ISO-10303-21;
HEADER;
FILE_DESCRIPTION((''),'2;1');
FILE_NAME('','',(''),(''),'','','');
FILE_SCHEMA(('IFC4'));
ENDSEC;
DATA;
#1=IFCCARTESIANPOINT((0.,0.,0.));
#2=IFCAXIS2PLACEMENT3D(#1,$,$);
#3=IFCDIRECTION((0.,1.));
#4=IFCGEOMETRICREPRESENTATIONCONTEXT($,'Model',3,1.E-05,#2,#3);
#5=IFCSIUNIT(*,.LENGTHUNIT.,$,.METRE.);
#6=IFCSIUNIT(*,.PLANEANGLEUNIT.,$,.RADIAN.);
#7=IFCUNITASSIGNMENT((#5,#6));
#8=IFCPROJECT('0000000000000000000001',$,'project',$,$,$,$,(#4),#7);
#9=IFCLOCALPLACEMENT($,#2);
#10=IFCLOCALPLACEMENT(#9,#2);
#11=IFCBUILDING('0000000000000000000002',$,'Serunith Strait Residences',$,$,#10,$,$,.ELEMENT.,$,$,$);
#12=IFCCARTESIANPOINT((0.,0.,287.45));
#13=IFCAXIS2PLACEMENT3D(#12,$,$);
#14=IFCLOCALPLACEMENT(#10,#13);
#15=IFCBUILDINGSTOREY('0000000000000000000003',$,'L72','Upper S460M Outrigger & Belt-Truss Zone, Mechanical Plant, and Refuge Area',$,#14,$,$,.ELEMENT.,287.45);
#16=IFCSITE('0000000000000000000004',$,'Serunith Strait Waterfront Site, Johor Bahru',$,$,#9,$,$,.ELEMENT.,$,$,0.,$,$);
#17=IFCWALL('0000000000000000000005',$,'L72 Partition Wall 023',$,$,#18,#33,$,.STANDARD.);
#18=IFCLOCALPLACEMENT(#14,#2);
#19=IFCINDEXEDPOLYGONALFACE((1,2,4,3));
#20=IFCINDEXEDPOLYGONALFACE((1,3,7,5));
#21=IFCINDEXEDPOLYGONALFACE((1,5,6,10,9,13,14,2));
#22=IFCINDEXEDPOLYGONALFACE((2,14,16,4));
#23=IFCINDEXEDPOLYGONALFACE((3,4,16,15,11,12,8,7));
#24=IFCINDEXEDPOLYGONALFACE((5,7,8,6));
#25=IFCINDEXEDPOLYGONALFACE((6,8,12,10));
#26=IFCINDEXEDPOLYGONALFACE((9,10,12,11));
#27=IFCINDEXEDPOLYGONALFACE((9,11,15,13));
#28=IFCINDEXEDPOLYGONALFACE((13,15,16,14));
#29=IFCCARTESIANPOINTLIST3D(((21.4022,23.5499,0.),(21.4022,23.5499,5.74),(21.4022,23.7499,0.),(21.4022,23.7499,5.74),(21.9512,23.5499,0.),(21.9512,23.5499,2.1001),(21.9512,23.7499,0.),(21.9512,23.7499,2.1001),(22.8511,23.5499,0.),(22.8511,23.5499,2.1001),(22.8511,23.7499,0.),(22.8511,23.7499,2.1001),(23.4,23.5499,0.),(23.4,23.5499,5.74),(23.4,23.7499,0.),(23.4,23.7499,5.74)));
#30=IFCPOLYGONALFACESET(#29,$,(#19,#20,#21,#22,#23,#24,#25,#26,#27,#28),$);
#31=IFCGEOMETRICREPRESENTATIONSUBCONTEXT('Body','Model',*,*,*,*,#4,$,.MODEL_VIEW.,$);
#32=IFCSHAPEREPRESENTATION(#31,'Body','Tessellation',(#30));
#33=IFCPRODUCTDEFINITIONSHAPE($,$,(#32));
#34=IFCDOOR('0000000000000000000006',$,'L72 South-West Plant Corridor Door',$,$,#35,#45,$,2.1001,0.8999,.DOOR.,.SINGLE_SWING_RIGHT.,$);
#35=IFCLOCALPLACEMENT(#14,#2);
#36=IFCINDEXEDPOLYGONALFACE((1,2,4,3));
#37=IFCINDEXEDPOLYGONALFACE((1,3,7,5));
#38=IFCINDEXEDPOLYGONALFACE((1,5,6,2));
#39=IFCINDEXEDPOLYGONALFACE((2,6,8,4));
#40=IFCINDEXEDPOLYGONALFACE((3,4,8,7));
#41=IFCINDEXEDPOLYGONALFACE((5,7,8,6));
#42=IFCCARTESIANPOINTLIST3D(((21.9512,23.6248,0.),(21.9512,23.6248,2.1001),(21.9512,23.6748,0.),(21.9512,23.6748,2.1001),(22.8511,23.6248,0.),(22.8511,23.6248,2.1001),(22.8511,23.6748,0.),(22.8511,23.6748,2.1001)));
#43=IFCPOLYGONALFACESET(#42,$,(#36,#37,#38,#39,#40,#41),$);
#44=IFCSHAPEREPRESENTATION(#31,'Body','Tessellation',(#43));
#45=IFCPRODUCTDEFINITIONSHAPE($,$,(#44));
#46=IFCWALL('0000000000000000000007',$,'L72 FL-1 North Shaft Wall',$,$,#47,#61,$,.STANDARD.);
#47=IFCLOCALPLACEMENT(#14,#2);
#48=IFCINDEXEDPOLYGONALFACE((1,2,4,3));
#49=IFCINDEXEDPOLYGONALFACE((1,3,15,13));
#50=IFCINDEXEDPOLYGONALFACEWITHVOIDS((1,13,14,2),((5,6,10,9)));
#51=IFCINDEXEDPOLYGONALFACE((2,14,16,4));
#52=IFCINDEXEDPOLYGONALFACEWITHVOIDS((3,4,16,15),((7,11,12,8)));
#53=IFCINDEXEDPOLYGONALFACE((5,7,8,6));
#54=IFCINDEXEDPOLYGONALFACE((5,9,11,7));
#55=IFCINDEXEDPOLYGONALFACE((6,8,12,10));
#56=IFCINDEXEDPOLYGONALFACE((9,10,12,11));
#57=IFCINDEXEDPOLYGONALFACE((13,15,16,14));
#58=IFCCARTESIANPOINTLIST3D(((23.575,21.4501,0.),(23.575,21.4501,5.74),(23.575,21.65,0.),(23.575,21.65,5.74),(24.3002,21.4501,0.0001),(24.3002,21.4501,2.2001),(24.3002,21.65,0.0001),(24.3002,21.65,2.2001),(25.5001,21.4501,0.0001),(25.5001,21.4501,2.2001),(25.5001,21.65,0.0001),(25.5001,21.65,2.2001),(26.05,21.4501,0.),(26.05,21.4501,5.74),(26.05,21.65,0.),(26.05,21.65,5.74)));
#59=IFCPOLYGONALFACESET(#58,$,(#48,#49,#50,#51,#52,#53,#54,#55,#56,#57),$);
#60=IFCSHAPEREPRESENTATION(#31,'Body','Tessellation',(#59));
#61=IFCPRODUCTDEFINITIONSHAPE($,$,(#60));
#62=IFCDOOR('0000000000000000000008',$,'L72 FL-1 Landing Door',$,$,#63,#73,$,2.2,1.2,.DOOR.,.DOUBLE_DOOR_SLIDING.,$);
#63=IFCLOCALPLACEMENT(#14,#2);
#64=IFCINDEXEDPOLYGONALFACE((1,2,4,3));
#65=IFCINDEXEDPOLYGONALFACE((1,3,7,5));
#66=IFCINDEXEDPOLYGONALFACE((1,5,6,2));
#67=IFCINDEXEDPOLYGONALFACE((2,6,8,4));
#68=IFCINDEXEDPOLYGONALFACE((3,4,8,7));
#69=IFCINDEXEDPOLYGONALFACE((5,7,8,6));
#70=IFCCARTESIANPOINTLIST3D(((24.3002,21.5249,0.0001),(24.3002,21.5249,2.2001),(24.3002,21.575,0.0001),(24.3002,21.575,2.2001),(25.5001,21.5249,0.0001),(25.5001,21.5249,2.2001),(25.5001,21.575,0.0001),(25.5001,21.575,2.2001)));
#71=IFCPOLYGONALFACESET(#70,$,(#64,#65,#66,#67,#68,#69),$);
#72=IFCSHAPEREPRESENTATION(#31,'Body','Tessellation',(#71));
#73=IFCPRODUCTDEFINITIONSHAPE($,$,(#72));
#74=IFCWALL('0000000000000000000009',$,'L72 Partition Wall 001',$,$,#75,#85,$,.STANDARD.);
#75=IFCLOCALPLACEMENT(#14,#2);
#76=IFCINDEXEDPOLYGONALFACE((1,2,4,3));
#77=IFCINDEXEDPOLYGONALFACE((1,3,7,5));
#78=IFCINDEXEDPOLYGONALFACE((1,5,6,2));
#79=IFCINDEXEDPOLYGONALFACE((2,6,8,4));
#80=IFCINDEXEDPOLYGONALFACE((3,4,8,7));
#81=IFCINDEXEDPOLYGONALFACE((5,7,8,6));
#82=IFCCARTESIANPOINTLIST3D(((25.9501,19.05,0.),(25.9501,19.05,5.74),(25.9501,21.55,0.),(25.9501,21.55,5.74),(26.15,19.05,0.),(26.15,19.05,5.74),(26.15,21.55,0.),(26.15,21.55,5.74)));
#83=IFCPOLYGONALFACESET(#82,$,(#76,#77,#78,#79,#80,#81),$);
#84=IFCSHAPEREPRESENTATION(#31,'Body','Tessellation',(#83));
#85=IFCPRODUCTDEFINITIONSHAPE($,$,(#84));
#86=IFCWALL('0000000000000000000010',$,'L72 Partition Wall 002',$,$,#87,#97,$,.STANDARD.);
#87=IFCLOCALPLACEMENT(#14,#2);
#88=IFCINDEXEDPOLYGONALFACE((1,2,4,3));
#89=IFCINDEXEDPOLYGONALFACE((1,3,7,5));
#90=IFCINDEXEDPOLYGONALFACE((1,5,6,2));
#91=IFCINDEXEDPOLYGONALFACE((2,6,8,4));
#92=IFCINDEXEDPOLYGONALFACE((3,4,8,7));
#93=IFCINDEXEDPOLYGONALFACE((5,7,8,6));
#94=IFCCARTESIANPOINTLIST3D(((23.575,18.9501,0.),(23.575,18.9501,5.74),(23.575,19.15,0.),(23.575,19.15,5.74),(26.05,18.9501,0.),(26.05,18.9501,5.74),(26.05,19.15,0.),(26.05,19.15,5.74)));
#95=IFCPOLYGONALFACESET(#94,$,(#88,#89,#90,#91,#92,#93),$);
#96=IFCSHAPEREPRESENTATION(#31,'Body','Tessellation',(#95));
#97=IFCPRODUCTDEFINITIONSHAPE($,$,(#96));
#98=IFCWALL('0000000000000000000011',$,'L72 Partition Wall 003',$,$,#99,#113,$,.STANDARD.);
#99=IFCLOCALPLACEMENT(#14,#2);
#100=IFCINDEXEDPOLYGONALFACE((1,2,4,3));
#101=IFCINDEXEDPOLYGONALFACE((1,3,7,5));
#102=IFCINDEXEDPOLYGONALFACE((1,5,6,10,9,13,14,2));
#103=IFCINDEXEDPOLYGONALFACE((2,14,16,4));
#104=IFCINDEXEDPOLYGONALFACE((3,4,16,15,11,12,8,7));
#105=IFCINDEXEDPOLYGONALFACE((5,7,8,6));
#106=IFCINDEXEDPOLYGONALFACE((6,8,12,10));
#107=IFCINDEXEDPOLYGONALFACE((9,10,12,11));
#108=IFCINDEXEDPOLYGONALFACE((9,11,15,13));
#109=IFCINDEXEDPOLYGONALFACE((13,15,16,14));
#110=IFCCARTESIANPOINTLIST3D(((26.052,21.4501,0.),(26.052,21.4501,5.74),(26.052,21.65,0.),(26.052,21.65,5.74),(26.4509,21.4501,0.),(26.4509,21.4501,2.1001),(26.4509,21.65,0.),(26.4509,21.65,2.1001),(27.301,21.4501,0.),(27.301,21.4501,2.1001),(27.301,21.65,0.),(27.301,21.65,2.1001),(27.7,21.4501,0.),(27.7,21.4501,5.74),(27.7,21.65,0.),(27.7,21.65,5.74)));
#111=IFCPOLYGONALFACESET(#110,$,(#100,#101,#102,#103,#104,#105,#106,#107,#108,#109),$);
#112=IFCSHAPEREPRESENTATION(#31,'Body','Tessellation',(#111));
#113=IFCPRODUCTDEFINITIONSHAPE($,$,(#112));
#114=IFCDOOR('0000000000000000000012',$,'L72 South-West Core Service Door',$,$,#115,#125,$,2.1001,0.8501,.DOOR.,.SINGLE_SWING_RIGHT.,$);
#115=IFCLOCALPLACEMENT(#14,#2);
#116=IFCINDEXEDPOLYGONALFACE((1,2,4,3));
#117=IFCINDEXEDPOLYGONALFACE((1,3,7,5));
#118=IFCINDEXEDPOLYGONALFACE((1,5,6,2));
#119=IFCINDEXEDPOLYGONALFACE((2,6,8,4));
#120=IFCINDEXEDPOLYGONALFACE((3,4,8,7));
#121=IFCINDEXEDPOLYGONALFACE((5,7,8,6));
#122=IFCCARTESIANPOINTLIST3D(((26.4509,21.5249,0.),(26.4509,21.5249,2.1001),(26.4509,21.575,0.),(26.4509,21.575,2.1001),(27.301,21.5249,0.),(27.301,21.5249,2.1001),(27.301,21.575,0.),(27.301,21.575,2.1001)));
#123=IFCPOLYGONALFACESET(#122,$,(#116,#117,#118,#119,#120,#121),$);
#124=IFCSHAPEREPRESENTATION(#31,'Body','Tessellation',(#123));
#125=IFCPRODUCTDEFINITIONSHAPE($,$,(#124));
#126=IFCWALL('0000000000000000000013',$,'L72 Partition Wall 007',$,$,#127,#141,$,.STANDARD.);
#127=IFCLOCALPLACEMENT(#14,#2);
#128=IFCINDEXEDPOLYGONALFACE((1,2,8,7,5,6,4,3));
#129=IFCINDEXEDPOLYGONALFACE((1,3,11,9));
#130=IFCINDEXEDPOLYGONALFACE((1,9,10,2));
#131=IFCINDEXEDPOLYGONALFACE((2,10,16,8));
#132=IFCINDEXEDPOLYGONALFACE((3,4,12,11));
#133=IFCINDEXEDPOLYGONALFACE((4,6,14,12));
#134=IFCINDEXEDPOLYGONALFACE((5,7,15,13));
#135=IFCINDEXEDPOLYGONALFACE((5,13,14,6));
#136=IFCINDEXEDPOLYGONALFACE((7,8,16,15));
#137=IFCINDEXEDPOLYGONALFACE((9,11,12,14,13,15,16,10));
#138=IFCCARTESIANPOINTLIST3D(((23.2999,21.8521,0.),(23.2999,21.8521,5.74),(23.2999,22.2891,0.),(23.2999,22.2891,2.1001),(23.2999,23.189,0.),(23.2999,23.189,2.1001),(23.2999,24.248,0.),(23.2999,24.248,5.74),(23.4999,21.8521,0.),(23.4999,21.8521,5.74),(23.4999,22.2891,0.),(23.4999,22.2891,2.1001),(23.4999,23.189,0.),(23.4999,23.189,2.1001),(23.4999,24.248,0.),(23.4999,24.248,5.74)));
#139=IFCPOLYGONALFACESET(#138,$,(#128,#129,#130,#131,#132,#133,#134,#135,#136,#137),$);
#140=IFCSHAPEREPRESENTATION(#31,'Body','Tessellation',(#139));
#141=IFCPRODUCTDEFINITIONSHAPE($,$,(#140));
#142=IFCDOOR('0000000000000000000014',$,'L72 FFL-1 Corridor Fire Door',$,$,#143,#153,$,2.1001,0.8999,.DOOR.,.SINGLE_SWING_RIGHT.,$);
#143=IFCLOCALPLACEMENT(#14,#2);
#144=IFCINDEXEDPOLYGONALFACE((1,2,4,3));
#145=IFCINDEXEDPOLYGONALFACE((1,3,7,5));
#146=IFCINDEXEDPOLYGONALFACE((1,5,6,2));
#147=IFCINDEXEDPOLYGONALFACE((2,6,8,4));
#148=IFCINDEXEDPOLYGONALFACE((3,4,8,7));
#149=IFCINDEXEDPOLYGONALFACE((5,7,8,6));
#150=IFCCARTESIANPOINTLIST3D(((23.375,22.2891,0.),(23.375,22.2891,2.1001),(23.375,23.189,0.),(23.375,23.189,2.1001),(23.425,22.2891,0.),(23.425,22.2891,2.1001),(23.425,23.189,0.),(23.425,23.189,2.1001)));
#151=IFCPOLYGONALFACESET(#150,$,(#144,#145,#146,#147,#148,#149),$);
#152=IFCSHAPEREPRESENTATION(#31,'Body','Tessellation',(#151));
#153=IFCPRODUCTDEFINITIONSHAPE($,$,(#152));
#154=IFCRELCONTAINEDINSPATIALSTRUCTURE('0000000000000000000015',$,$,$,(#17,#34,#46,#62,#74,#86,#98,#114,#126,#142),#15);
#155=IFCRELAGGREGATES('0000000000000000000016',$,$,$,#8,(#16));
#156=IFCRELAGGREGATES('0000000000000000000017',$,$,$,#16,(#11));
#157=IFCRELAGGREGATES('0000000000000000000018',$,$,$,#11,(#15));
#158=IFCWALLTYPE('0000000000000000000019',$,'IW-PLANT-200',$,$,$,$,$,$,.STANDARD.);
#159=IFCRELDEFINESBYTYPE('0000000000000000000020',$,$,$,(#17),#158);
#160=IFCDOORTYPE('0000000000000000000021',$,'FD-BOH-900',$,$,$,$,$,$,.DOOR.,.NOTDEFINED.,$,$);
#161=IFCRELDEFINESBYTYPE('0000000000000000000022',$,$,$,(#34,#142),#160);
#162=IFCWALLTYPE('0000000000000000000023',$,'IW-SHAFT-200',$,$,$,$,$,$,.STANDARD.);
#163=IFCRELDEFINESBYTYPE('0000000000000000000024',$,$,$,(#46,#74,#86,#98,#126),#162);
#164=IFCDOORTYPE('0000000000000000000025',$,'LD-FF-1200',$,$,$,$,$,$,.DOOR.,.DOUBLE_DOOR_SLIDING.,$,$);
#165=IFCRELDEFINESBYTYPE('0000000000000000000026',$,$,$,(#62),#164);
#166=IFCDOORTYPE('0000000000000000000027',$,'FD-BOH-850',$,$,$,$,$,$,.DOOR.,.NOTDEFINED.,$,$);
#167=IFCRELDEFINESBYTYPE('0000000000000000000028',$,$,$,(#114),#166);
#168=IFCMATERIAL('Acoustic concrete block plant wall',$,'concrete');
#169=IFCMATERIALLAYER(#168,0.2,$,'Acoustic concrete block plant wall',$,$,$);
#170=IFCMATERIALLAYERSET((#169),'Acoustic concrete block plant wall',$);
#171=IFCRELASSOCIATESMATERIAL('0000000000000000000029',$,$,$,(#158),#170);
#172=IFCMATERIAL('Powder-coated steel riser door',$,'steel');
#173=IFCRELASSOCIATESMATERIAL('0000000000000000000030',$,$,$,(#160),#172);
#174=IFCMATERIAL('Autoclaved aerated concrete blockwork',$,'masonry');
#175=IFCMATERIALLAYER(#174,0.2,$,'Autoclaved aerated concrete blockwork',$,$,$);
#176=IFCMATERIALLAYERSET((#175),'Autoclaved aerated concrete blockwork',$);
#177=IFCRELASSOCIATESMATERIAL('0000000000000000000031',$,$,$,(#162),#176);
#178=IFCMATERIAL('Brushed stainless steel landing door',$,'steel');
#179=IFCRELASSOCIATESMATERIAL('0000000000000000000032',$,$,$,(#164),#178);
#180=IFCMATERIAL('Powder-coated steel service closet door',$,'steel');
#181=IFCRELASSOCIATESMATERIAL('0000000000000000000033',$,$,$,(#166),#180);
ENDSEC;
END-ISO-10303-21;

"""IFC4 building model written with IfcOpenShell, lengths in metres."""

from ifc_helpers import new_model, si_unit, direction, frame, frame_2d, origin, place, context, subcontext, project, spatial, rectangle, extrude, source, transform, mapped, material, layer, layer_set, type_object, element, fill, save


model = new_model("IFC4")

# Units and contexts
model_context = context("Model", 3, precision=1e-05, world=origin(), true_north=direction((0.0, 1.0)))
body_context = subcontext(model_context, "Body", "Model", "MODEL_VIEW")
ifc_project = project(units=[si_unit("LENGTHUNIT", "METRE"), si_unit("PLANEANGLEUNIT", "RADIAN")], contexts=[model_context])

# Site, building, storey
site_placement = place(None, origin())
site = spatial("IfcSite", under=ifc_project, at=site_placement, Name="Serunith Strait Waterfront Site, Johor Bahru", CompositionType="ELEMENT", RefElevation=0.0)
building_placement = place(site_placement, origin())
building = spatial("IfcBuilding", under=site, at=building_placement, Name="Serunith Strait Residences", CompositionType="ELEMENT")
storey_placement = place(building_placement, frame((0.0, 0.0, 287.45)))
storey = spatial("IfcBuildingStorey", under=building, at=storey_placement, Name="L72", Description="Upper S460M Outrigger & Belt-Truss Zone, Mechanical Plant, and Refuge Area", CompositionType="ELEMENT", Elevation=287.45)

# Walls, openings, doors
ifc_material_1 = material(Name="Acoustic concrete block plant wall", Category="concrete")
ifc_layer_1 = layer(ifc_material_1, 0.2, Name="Acoustic concrete block plant wall")
ifc_layer_set_1 = layer_set([ifc_layer_1], Name="Acoustic concrete block plant wall")
wall_type_1 = type_object("IfcWallType", Name="IW-PLANT-200", PredefinedType="STANDARD", material=ifc_layer_set_1)
wall_1_placement = place(storey_placement, frame((21.4021, 23.6499, 0.0), z_axis=(0.0, 0.0, 1.0), x_axis=(1.0, 0.0, 0.0)))
wall_1 = element("IfcWall", 1, at=wall_1_placement, inside=storey, type_object=wall_type_1, Name="L72 Partition Wall 023", PredefinedType="STANDARD", context=body_context, shape_type="SweptSolid", body=[
    extrude(rectangle(XDim=1.9978, YDim=0.2, at=frame_2d((0.999, 0.0))), origin(), (0.0, 0.0, 1.0), 5.74),
])
opening_1_placement = place(wall_1_placement, frame((0.5491, 0.0, 0.0)))
opening_1 = element("IfcOpeningElement", 2, at=opening_1_placement, cuts=wall_1, PredefinedType="OPENING", context=body_context, shape_type="SweptSolid", body=[
    extrude(rectangle(XDim=0.8999, YDim=2.1001, at=frame_2d((0.45, 1.05))), frame((0.0, 0.1099, 0.0), z_axis=(0.0, -1.0, 0.0), x_axis=(1.0, 0.0, 0.0)), (0.0, 0.0, 1.0), 0.22),
])
ifc_material_2 = material(Name="Powder-coated steel riser door", Category="steel")
door_type_1 = type_object("IfcDoorType", Name="FD-BOH-900", OperationType="NOTDEFINED", PredefinedType="DOOR", material=ifc_material_2)
shared_shape_1 = source(origin(), body_context, "Body", "SweptSolid", [
    extrude(rectangle(XDim=0.8999, YDim=2.1001, at=frame_2d((0.45, 1.05))), frame((0.0, 0.0249, 0.0), z_axis=(0.0, -1.0, 0.0), x_axis=(1.0, 0.0, 0.0)), (0.0, 0.0, 1.0), 0.05),
])
door_1_placement = place(opening_1_placement, origin())
door_1 = element("IfcDoor", 3, at=door_1_placement, inside=storey, type_object=door_type_1, Name="L72 South-West Plant Corridor Door", OperationType="SINGLE_SWING_RIGHT", OverallHeight=2.1001, OverallWidth=0.8999, PredefinedType="DOOR", context=body_context, shape_type="MappedRepresentation", body=[
    mapped(shared_shape_1, transform((0.0, 0.0, 0.0), scale=1.0)),
])
fill(opening_1, door_1)
ifc_material_3 = material(Name="Autoclaved aerated concrete blockwork", Category="masonry")
ifc_layer_2 = layer(ifc_material_3, 0.2, Name="Autoclaved aerated concrete blockwork")
ifc_layer_set_2 = layer_set([ifc_layer_2], Name="Autoclaved aerated concrete blockwork")
wall_type_2 = type_object("IfcWallType", Name="IW-SHAFT-200", PredefinedType="STANDARD", material=ifc_layer_set_2)
wall_2_placement = place(storey_placement, frame((23.575, 21.55, 0.0), z_axis=(0.0, 0.0, 1.0), x_axis=(1.0, 0.0, 0.0)))
wall_2 = element("IfcWall", 4, at=wall_2_placement, inside=storey, type_object=wall_type_2, Name="L72 FL-1 North Shaft Wall", PredefinedType="STANDARD", context=body_context, shape_type="SweptSolid", body=[
    extrude(rectangle(XDim=2.4751, YDim=0.2, at=frame_2d((1.2375, 0.0))), origin(), (0.0, 0.0, 1.0), 5.74),
])
opening_2_placement = place(wall_2_placement, frame((0.7251, 0.0, 0.0)))
opening_2 = element("IfcOpeningElement", 5, at=opening_2_placement, cuts=wall_2, PredefinedType="OPENING", context=body_context, shape_type="SweptSolid", body=[
    extrude(rectangle(XDim=1.2, YDim=2.2, at=frame_2d((0.6001, 1.1001))), frame((0.0, 0.1099, 0.0), z_axis=(0.0, -1.0, 0.0), x_axis=(1.0, 0.0, 0.0)), (0.0, 0.0, 1.0), 0.22),
])
ifc_material_4 = material(Name="Brushed stainless steel landing door", Category="steel")
door_type_2 = type_object("IfcDoorType", Name="LD-FF-1200", OperationType="DOUBLE_DOOR_SLIDING", PredefinedType="DOOR", material=ifc_material_4)
shared_shape_2 = source(origin(), body_context, "Body", "SweptSolid", [
    extrude(rectangle(XDim=1.2, YDim=2.2, at=frame_2d((0.6001, 1.1001))), frame((0.0, 0.0249, 0.0), z_axis=(0.0, -1.0, 0.0), x_axis=(1.0, 0.0, 0.0)), (0.0, 0.0, 1.0), 0.05),
])
door_2_placement = place(opening_2_placement, origin())
door_2 = element("IfcDoor", 6, at=door_2_placement, inside=storey, type_object=door_type_2, Name="L72 FL-1 Landing Door", OperationType="DOUBLE_DOOR_SLIDING", OverallHeight=2.2, OverallWidth=1.2, PredefinedType="DOOR", context=body_context, shape_type="MappedRepresentation", body=[
    mapped(shared_shape_2, transform((0.0, 0.0, 0.0), scale=1.0)),
])
fill(opening_2, door_2)

# Walls
wall_3_placement = place(storey_placement, frame((26.05, 19.05, 0.0), z_axis=(0.0, 0.0, 1.0), x_axis=(0.0, 1.0, 0.0)))
element("IfcWall", 7, at=wall_3_placement, inside=storey, type_object=wall_type_2, Name="L72 Partition Wall 001", PredefinedType="STANDARD", context=body_context, shape_type="SweptSolid", body=[
    extrude(rectangle(XDim=2.5, YDim=0.2, at=frame_2d((1.25, 0.0))), origin(), (0.0, 0.0, 1.0), 5.74),
])
wall_4_placement = place(storey_placement, frame((23.575, 19.05, 0.0), z_axis=(0.0, 0.0, 1.0), x_axis=(1.0, 0.0, 0.0)))
element("IfcWall", 8, at=wall_4_placement, inside=storey, type_object=wall_type_2, Name="L72 Partition Wall 002", PredefinedType="STANDARD", context=body_context, shape_type="SweptSolid", body=[
    extrude(rectangle(XDim=2.4751, YDim=0.2, at=frame_2d((1.2375, 0.0))), origin(), (0.0, 0.0, 1.0), 5.74),
])

# Walls, openings, doors
wall_5_placement = place(storey_placement, frame((26.052, 21.55, 0.0), z_axis=(0.0, 0.0, 1.0), x_axis=(1.0, 0.0, 0.0)))
wall_5 = element("IfcWall", 9, at=wall_5_placement, inside=storey, type_object=wall_type_2, Name="L72 Partition Wall 003", PredefinedType="STANDARD", context=body_context, shape_type="SweptSolid", body=[
    extrude(rectangle(XDim=1.6479, YDim=0.2, at=frame_2d((0.824, 0.0))), origin(), (0.0, 0.0, 1.0), 5.74),
])
opening_3_placement = place(wall_5_placement, frame((0.3989, 0.0, 0.0)))
opening_3 = element("IfcOpeningElement", 10, at=opening_3_placement, cuts=wall_5, PredefinedType="OPENING", context=body_context, shape_type="SweptSolid", body=[
    extrude(rectangle(XDim=0.8501, YDim=2.1001, at=frame_2d((0.425, 1.05))), frame((0.0, 0.1099, 0.0), z_axis=(0.0, -1.0, 0.0), x_axis=(1.0, 0.0, 0.0)), (0.0, 0.0, 1.0), 0.22),
])
ifc_material_5 = material(Name="Powder-coated steel service closet door", Category="steel")
door_type_3 = type_object("IfcDoorType", Name="FD-BOH-850", OperationType="NOTDEFINED", PredefinedType="DOOR", material=ifc_material_5)
shared_shape_3 = source(origin(), body_context, "Body", "SweptSolid", [
    extrude(rectangle(XDim=0.8501, YDim=2.1001, at=frame_2d((0.425, 1.05))), frame((0.0, 0.0249, 0.0), z_axis=(0.0, -1.0, 0.0), x_axis=(1.0, 0.0, 0.0)), (0.0, 0.0, 1.0), 0.05),
])
door_3_placement = place(opening_3_placement, origin())
door_3 = element("IfcDoor", 11, at=door_3_placement, inside=storey, type_object=door_type_3, Name="L72 South-West Core Service Door", OperationType="SINGLE_SWING_RIGHT", OverallHeight=2.1001, OverallWidth=0.8501, PredefinedType="DOOR", context=body_context, shape_type="MappedRepresentation", body=[
    mapped(shared_shape_3, transform((0.0, 0.0, 0.0), scale=1.0)),
])
fill(opening_3, door_3)
wall_6_placement = place(storey_placement, frame((23.3999, 21.8521, 0.0), z_axis=(0.0, 0.0, 1.0), x_axis=(0.0, 1.0, 0.0)))
wall_6 = element("IfcWall", 12, at=wall_6_placement, inside=storey, type_object=wall_type_2, Name="L72 Partition Wall 007", PredefinedType="STANDARD", context=body_context, shape_type="SweptSolid", body=[
    extrude(rectangle(XDim=2.396, YDim=0.2, at=frame_2d((1.198, 0.0))), origin(), (0.0, 0.0, 1.0), 5.74),
])
opening_4_placement = place(wall_6_placement, frame((0.437, 0.0, 0.0)))
opening_4 = element("IfcOpeningElement", 13, at=opening_4_placement, cuts=wall_6, PredefinedType="OPENING", context=body_context, shape_type="SweptSolid", body=[
    extrude(rectangle(XDim=0.8999, YDim=2.1001, at=frame_2d((0.45, 1.05))), frame((0.0, 0.1099, 0.0), z_axis=(0.0, -1.0, 0.0), x_axis=(1.0, 0.0, 0.0)), (0.0, 0.0, 1.0), 0.22),
])
door_4_placement = place(opening_4_placement, origin())
door_4 = element("IfcDoor", 14, at=door_4_placement, inside=storey, type_object=door_type_1, Name="L72 FFL-1 Corridor Fire Door", OperationType="SINGLE_SWING_RIGHT", OverallHeight=2.1001, OverallWidth=0.8999, PredefinedType="DOOR", context=body_context, shape_type="MappedRepresentation", body=[
    mapped(shared_shape_1, transform((0.0, 0.0, 0.0), scale=1.0)),
])
fill(opening_4, door_4)

save(model, "model.ifc")
